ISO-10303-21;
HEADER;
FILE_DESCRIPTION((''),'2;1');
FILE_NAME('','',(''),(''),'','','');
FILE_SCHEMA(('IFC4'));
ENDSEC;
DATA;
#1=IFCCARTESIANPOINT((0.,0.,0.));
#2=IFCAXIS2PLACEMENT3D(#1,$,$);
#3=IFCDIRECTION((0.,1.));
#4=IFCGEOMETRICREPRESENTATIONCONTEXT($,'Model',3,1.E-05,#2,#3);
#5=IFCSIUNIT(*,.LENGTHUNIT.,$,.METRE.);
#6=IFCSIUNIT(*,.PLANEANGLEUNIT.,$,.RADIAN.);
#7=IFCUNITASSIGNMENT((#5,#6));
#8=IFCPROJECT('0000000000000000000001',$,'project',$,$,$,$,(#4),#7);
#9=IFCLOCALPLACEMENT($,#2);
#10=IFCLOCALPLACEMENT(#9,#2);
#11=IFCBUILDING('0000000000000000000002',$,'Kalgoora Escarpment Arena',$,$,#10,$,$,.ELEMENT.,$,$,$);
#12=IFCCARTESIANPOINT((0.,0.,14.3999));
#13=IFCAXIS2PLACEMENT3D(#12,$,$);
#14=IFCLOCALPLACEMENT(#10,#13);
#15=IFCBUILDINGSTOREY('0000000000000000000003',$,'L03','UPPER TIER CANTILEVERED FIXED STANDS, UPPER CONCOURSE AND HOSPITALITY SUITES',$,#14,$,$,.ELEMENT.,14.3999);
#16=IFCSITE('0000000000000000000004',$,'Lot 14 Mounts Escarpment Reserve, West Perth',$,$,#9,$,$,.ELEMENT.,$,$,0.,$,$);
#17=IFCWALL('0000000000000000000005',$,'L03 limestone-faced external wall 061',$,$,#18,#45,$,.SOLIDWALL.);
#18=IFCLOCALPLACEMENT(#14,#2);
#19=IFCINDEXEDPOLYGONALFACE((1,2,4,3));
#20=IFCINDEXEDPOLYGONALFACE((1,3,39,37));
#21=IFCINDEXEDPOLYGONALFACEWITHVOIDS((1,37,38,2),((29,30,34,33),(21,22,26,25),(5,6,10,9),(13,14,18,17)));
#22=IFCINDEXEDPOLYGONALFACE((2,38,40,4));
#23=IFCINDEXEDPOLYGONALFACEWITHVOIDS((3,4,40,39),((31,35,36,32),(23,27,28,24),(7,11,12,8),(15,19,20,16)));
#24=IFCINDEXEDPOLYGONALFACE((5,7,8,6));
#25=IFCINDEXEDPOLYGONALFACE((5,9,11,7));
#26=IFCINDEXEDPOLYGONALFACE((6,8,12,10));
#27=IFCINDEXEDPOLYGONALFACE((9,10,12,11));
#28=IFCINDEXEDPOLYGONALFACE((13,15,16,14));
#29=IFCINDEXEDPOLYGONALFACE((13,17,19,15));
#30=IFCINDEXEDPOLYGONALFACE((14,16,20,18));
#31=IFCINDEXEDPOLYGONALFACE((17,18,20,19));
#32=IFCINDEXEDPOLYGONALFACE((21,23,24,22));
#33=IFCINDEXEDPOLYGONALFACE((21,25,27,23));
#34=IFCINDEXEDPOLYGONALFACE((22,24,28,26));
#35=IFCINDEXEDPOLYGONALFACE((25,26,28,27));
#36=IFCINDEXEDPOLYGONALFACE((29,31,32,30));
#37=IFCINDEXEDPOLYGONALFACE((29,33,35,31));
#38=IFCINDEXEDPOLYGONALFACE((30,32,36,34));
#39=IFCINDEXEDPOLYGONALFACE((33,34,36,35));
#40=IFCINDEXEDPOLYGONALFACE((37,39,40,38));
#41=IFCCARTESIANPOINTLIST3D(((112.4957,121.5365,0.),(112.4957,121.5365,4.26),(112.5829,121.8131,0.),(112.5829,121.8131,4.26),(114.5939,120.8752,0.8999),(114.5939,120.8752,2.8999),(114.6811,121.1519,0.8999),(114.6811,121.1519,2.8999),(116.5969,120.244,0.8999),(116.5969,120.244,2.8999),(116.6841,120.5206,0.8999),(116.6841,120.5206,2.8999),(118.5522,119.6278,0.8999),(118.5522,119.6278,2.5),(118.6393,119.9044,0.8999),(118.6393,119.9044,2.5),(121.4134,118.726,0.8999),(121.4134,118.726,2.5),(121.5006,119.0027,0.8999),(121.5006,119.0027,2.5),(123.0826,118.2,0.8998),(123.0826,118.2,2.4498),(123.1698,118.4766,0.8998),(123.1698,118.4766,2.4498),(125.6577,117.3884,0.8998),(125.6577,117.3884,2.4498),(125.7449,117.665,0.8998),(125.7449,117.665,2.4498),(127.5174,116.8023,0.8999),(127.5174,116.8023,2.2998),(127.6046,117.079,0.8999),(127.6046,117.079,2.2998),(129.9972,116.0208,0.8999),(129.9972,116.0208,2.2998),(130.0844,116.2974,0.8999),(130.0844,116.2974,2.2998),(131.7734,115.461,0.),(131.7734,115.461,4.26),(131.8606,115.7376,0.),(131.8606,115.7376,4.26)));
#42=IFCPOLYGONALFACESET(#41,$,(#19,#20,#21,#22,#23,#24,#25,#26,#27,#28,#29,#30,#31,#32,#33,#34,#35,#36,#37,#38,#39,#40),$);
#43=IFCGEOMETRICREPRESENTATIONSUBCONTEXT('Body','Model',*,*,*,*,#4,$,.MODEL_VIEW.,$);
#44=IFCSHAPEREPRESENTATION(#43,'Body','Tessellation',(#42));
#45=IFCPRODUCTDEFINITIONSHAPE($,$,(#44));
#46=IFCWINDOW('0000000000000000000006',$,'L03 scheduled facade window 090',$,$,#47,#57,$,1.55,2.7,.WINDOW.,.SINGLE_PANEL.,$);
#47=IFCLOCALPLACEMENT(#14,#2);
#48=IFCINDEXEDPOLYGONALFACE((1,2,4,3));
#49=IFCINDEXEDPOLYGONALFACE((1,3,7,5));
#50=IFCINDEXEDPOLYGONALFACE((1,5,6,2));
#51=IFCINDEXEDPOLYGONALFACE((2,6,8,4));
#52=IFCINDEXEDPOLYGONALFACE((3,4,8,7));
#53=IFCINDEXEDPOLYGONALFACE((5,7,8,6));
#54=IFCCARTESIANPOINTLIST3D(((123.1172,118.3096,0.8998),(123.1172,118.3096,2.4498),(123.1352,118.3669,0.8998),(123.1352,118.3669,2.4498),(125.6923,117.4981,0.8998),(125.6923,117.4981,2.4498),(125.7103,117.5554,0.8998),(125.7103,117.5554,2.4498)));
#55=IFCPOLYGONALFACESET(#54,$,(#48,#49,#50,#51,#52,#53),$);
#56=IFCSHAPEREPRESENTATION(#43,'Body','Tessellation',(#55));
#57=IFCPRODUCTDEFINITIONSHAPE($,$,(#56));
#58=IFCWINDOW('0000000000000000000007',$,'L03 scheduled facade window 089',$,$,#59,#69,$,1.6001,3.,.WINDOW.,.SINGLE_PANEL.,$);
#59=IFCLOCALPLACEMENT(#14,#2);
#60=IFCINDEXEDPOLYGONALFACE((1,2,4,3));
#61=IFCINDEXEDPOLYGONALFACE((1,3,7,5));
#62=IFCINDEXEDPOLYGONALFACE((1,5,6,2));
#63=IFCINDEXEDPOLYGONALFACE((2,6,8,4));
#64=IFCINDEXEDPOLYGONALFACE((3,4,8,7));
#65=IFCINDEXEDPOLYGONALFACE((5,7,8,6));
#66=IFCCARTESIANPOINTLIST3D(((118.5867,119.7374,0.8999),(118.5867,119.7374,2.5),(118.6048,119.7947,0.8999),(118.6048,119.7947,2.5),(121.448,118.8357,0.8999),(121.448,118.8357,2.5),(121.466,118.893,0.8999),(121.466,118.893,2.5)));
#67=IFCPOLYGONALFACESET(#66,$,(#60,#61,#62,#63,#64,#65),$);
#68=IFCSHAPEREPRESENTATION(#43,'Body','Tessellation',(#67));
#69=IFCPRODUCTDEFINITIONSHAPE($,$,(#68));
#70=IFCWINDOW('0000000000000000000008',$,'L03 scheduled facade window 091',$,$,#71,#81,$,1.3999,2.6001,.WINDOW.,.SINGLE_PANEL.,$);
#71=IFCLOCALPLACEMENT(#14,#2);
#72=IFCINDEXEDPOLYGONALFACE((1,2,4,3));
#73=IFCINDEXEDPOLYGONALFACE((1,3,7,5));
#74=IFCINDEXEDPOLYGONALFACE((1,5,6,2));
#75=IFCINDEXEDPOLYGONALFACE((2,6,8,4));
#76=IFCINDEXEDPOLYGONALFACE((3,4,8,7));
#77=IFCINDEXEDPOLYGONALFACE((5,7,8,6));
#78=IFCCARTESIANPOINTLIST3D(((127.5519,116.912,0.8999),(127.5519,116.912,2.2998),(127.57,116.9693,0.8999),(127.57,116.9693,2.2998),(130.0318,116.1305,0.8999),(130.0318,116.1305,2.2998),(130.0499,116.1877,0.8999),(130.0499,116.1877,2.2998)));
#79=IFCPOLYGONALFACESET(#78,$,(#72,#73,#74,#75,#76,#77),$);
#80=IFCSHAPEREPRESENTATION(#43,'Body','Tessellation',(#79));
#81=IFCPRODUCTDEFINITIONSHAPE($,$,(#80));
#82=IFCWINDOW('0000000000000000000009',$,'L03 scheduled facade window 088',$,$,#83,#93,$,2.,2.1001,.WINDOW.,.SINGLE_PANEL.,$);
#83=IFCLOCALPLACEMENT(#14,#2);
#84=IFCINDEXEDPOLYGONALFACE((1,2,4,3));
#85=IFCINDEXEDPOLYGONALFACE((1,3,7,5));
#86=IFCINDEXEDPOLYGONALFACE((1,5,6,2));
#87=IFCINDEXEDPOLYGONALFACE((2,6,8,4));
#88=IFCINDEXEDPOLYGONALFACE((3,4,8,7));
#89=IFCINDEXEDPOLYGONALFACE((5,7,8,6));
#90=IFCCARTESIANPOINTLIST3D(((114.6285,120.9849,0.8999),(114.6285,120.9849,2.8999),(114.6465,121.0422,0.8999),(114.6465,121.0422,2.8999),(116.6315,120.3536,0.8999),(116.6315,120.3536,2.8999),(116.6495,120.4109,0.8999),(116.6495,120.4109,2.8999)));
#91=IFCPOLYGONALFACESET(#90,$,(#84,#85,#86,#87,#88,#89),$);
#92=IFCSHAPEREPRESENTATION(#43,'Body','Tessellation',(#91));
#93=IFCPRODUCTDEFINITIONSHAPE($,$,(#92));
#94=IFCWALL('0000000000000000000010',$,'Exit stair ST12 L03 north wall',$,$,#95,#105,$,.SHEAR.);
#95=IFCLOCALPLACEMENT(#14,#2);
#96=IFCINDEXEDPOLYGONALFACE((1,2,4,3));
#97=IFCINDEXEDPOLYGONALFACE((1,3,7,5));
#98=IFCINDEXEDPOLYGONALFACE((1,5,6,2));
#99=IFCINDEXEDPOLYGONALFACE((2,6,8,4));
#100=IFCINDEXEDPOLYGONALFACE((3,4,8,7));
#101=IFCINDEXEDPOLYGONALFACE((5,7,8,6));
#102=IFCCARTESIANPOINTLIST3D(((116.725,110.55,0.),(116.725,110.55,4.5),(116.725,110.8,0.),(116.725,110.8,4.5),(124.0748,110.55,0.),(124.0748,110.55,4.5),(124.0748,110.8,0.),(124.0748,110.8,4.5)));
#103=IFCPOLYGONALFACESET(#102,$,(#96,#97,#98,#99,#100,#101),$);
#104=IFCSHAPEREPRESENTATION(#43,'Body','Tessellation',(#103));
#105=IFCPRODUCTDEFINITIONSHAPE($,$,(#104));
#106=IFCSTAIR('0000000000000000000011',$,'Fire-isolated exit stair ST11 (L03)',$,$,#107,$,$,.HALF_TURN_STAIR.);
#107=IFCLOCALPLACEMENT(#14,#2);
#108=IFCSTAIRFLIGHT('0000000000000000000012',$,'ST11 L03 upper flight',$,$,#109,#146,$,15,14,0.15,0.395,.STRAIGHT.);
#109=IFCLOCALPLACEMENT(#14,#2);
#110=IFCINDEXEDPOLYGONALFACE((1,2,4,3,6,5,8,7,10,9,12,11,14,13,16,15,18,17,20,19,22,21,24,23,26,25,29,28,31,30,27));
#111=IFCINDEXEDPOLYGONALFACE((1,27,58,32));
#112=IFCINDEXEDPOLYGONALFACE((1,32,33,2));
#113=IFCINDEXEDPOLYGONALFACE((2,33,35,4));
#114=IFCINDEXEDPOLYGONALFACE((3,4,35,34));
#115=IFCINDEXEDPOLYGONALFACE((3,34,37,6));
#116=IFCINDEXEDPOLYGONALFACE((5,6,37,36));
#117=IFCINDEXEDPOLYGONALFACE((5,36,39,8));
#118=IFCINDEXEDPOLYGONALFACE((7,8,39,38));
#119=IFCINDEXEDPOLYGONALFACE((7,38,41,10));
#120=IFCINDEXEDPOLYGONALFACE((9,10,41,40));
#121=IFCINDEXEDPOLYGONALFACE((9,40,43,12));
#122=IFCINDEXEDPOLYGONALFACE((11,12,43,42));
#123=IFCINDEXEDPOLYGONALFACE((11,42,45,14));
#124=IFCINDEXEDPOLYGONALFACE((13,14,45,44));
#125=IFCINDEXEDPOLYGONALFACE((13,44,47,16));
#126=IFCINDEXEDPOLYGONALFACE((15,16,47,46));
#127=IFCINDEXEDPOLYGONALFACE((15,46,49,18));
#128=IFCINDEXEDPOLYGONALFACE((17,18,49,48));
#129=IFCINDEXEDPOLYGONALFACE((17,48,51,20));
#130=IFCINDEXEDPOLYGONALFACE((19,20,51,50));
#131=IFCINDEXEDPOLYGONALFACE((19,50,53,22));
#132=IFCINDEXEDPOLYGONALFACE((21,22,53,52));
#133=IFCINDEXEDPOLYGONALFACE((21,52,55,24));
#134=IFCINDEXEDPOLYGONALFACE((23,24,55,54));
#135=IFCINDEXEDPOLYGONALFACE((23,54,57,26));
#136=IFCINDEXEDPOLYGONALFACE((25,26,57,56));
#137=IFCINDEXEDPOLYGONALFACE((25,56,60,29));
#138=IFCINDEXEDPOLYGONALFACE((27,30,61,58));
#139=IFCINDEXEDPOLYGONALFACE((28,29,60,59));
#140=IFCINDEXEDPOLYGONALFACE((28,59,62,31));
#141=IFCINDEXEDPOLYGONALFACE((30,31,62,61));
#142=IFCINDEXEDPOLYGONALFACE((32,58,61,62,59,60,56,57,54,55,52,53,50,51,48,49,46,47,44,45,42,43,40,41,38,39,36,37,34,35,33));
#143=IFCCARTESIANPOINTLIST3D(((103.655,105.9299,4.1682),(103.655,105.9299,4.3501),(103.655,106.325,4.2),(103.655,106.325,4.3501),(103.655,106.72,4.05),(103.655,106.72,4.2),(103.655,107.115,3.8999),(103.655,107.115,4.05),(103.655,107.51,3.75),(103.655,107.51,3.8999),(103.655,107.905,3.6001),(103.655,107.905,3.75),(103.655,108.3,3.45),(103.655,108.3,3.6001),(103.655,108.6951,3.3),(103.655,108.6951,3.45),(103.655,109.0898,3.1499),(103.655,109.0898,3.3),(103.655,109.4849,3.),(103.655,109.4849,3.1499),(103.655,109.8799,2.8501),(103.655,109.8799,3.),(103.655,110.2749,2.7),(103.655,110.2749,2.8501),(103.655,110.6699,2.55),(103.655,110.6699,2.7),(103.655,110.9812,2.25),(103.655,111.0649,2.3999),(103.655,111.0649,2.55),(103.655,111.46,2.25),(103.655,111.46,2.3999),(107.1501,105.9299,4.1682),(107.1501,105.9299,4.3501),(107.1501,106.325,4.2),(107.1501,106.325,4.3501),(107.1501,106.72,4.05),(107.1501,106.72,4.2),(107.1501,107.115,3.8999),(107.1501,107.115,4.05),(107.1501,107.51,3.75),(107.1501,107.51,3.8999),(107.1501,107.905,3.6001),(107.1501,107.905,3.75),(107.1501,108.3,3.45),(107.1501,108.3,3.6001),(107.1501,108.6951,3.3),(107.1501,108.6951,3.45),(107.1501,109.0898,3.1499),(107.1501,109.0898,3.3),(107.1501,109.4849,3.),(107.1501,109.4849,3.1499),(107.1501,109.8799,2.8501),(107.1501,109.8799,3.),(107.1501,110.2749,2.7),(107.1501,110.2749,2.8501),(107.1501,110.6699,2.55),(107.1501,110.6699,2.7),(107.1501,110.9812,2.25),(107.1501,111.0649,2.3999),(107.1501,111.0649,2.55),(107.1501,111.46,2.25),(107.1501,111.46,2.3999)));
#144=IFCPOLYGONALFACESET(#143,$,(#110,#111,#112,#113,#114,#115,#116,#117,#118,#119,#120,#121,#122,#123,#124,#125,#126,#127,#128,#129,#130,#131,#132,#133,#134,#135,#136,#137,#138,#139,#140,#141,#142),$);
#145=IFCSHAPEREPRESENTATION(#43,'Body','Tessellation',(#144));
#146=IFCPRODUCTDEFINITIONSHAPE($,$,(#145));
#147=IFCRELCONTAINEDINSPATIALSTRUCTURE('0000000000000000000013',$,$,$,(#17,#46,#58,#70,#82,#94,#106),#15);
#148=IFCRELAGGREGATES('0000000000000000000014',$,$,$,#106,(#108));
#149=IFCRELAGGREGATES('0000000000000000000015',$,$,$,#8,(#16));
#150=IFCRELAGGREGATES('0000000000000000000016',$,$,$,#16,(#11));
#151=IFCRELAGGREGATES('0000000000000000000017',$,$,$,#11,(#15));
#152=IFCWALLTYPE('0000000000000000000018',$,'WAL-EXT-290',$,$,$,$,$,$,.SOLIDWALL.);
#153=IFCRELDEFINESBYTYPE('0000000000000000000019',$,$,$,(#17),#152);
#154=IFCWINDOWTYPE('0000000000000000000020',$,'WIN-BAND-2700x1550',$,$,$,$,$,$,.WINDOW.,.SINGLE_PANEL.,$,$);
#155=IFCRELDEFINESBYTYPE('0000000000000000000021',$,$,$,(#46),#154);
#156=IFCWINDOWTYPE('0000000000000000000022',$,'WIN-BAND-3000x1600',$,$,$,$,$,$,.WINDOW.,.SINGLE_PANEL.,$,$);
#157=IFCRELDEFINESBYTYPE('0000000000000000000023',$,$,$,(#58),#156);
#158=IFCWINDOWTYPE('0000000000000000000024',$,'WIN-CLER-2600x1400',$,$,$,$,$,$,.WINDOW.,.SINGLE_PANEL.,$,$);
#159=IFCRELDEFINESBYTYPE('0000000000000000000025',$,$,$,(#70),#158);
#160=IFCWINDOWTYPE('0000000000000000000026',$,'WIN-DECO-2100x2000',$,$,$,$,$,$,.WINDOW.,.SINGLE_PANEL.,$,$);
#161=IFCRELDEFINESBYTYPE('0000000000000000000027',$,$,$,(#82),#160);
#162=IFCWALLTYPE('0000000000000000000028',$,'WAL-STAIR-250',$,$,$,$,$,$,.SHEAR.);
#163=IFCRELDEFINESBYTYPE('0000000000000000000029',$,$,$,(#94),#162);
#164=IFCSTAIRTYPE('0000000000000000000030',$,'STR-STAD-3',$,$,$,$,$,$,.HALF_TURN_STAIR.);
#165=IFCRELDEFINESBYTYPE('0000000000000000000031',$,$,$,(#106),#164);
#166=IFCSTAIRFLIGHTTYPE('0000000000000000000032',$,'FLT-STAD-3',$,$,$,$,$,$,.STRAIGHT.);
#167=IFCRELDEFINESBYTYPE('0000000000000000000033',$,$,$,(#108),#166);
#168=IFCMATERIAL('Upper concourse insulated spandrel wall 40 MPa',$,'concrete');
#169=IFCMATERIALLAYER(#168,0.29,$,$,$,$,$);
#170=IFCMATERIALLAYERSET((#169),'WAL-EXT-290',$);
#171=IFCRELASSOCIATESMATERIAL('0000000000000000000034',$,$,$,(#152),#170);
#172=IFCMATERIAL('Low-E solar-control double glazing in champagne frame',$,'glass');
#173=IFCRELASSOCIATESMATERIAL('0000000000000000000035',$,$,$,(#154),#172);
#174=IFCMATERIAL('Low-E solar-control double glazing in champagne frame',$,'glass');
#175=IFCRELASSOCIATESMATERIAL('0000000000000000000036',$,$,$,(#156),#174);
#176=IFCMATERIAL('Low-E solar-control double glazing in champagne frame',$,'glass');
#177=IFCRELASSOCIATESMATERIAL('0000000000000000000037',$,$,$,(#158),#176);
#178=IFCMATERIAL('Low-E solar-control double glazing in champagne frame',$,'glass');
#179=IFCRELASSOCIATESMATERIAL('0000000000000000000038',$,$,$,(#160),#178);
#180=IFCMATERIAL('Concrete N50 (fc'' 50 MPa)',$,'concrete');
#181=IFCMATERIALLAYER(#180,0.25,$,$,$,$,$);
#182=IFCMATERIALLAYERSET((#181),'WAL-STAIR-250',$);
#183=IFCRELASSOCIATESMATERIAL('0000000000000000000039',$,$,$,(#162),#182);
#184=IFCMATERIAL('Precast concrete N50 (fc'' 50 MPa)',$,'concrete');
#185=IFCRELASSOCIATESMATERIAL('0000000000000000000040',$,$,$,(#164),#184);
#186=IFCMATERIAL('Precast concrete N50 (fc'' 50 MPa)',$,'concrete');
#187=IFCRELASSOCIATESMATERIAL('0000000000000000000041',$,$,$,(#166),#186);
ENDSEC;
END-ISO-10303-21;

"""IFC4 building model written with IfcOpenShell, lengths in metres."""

from ifc_helpers import new_model, si_unit, direction, frame, frame_2d, origin, place, context, subcontext, project, spatial, polyline, rectangle, outline, extrude, material, layer, layer_set, type_object, element, fill, aggregate, save


model = new_model("IFC4")

# Units and contexts
model_context = context("Model", 3, precision=1e-05, world=origin(), true_north=direction((0.0, 1.0)))
body_context = subcontext(model_context, "Body", "Model", "MODEL_VIEW")
ifc_project = project(units=[si_unit("LENGTHUNIT", "METRE"), si_unit("PLANEANGLEUNIT", "RADIAN")], contexts=[model_context])

# Site, building, storey
site_placement = place(None, origin())
site = spatial("IfcSite", under=ifc_project, at=site_placement, Name="Lot 14 Mounts Escarpment Reserve, West Perth", CompositionType="ELEMENT", RefElevation=0.0)
building_placement = place(site_placement, origin())
building = spatial("IfcBuilding", under=site, at=building_placement, Name="Kalgoora Escarpment Arena", CompositionType="ELEMENT")
storey_placement = place(building_placement, frame((0.0, 0.0, 14.3999)))
storey = spatial("IfcBuildingStorey", under=building, at=storey_placement, Name="L03", Description="UPPER TIER CANTILEVERED FIXED STANDS, UPPER CONCOURSE AND HOSPITALITY SUITES", CompositionType="ELEMENT", Elevation=14.3999)

# Wall, openings, windows
ifc_material_1 = material(Name="Upper concourse insulated spandrel wall 40 MPa", Category="concrete")
ifc_layer_1 = layer(ifc_material_1, 0.29)
ifc_layer_set_1 = layer_set([ifc_layer_1], Name="WAL-EXT-290")
wall_type_1 = type_object("IfcWallType", Name="WAL-EXT-290", PredefinedType="SOLIDWALL", material=ifc_layer_set_1)
wall_1_placement = place(storey_placement, frame((112.5393, 121.6748, 0.0), z_axis=(0.0, 0.0, 1.0), x_axis=(0.953756, -0.300582, 0.0)))
wall_1 = element("IfcWall", 1, at=wall_1_placement, inside=storey, type_object=wall_type_1, Name="L03 limestone-faced external wall 061", PredefinedType="SOLIDWALL", context=body_context, shape_type="SweptSolid", body=[
    extrude(rectangle(XDim=20.2124, YDim=0.29, at=frame_2d((10.1062, 0.0))), origin(), (0.0, 0.0, 1.0), 4.26),
])
opening_1_placement = place(wall_1_placement, frame((2.2, 0.0, 0.8999)))
opening_1 = element("IfcOpeningElement", 2, at=opening_1_placement, cuts=wall_1, PredefinedType="OPENING", context=body_context, shape_type="SweptSolid", body=[
    extrude(rectangle(XDim=2.1001, YDim=2.0, at=frame_2d((1.05, 1.0))), frame((0.0, 0.155, 0.0), z_axis=(0.0, -1.0, 0.0), x_axis=(1.0, 0.0, 0.0)), (0.0, 0.0, 1.0), 0.3101),
])
opening_2_placement = place(wall_1_placement, frame((6.3501, 0.0, 0.8999)))
opening_2 = element("IfcOpeningElement", 3, at=opening_2_placement, cuts=wall_1, PredefinedType="OPENING", context=body_context, shape_type="SweptSolid", body=[
    extrude(rectangle(XDim=3.0, YDim=1.6001, at=frame_2d((1.5, 0.8))), frame((0.0, 0.155, 0.0), z_axis=(0.0, -1.0, 0.0), x_axis=(1.0, 0.0, 0.0)), (0.0, 0.0, 1.0), 0.3101),
])
opening_3_placement = place(wall_1_placement, frame((11.1001, 0.0, 0.8999)))
opening_3 = element("IfcOpeningElement", 4, at=opening_3_placement, cuts=wall_1, PredefinedType="OPENING", context=body_context, shape_type="SweptSolid", body=[
    extrude(rectangle(XDim=2.7, YDim=1.55, at=frame_2d((1.3501, 0.7749))), frame((0.0, 0.155, 0.0), z_axis=(0.0, -1.0, 0.0), x_axis=(1.0, 0.0, 0.0)), (0.0, 0.0, 1.0), 0.3101),
])
opening_4_placement = place(wall_1_placement, frame((15.75, 0.0, 0.8999)))
opening_4 = element("IfcOpeningElement", 5, at=opening_4_placement, cuts=wall_1, PredefinedType="OPENING", context=body_context, shape_type="SweptSolid", body=[
    extrude(rectangle(XDim=2.6001, YDim=1.3999, at=frame_2d((1.3, 0.7))), frame((0.0, 0.155, 0.0), z_axis=(0.0, -1.0, 0.0), x_axis=(1.0, 0.0, 0.0)), (0.0, 0.0, 1.0), 0.3101),
])
ifc_material_2 = material(Name="Low-E solar-control double glazing in champagne frame", Category="glass")
window_type_1 = type_object("IfcWindowType", Name="WIN-BAND-2700x1550", PartitioningType="SINGLE_PANEL", PredefinedType="WINDOW", material=ifc_material_2)
window_1_placement = place(opening_3_placement, origin())
window_1 = element("IfcWindow", 6, at=window_1_placement, inside=storey, type_object=window_type_1, Name="L03 scheduled facade window 090", OverallHeight=1.55, OverallWidth=2.7, PartitioningType="SINGLE_PANEL", PredefinedType="WINDOW", context=body_context, shape_type="SweptSolid", body=[
    extrude(rectangle(XDim=2.7, YDim=1.55, at=frame_2d((1.3501, 0.7749))), frame((0.0, 0.03, 0.0), z_axis=(0.0, -1.0, 0.0), x_axis=(1.0, 0.0, 0.0)), (0.0, 0.0, 1.0), 0.0601),
])
fill(opening_3, window_1)
ifc_material_3 = material(Name="Low-E solar-control double glazing in champagne frame", Category="glass")
window_type_2 = type_object("IfcWindowType", Name="WIN-BAND-3000x1600", PartitioningType="SINGLE_PANEL", PredefinedType="WINDOW", material=ifc_material_3)
window_2_placement = place(opening_2_placement, origin())
window_2 = element("IfcWindow", 7, at=window_2_placement, inside=storey, type_object=window_type_2, Name="L03 scheduled facade window 089", OverallHeight=1.6001, OverallWidth=3.0, PartitioningType="SINGLE_PANEL", PredefinedType="WINDOW", context=body_context, shape_type="SweptSolid", body=[
    extrude(rectangle(XDim=3.0, YDim=1.6001, at=frame_2d((1.5, 0.8))), frame((0.0, 0.03, 0.0), z_axis=(0.0, -1.0, 0.0), x_axis=(1.0, 0.0, 0.0)), (0.0, 0.0, 1.0), 0.0601),
])
fill(opening_2, window_2)
ifc_material_4 = material(Name="Low-E solar-control double glazing in champagne frame", Category="glass")
window_type_3 = type_object("IfcWindowType", Name="WIN-CLER-2600x1400", PartitioningType="SINGLE_PANEL", PredefinedType="WINDOW", material=ifc_material_4)
window_3_placement = place(opening_4_placement, origin())
window_3 = element("IfcWindow", 8, at=window_3_placement, inside=storey, type_object=window_type_3, Name="L03 scheduled facade window 091", OverallHeight=1.3999, OverallWidth=2.6001, PartitioningType="SINGLE_PANEL", PredefinedType="WINDOW", context=body_context, shape_type="SweptSolid", body=[
    extrude(rectangle(XDim=2.6001, YDim=1.3999, at=frame_2d((1.3, 0.7))), frame((0.0, 0.03, 0.0), z_axis=(0.0, -1.0, 0.0), x_axis=(1.0, 0.0, 0.0)), (0.0, 0.0, 1.0), 0.0601),
])
fill(opening_4, window_3)
ifc_material_5 = material(Name="Low-E solar-control double glazing in champagne frame", Category="glass")
window_type_4 = type_object("IfcWindowType", Name="WIN-DECO-2100x2000", PartitioningType="SINGLE_PANEL", PredefinedType="WINDOW", material=ifc_material_5)
window_4_placement = place(opening_1_placement, origin())
window_4 = element("IfcWindow", 9, at=window_4_placement, inside=storey, type_object=window_type_4, Name="L03 scheduled facade window 088", OverallHeight=2.0, OverallWidth=2.1001, PartitioningType="SINGLE_PANEL", PredefinedType="WINDOW", context=body_context, shape_type="SweptSolid", body=[
    extrude(rectangle(XDim=2.1001, YDim=2.0, at=frame_2d((1.05, 1.0))), frame((0.0, 0.03, 0.0), z_axis=(0.0, -1.0, 0.0), x_axis=(1.0, 0.0, 0.0)), (0.0, 0.0, 1.0), 0.0601),
])
fill(opening_1, window_4)

# Wall
ifc_material_6 = material(Name="Concrete N50 (fc' 50 MPa)", Category="concrete")
ifc_layer_2 = layer(ifc_material_6, 0.25)
ifc_layer_set_2 = layer_set([ifc_layer_2], Name="WAL-STAIR-250")
wall_type_2 = type_object("IfcWallType", Name="WAL-STAIR-250", PredefinedType="SHEAR", material=ifc_layer_set_2)
wall_2_placement = place(storey_placement, frame((116.7251, 110.675, 0.0), z_axis=(0.0, 0.0, 1.0), x_axis=(1.0, 0.0, 0.0)))
element("IfcWall", 10, at=wall_2_placement, inside=storey, type_object=wall_type_2, Name="Exit stair ST12 L03 north wall", PredefinedType="SHEAR", context=body_context, shape_type="SweptSolid", body=[
    extrude(rectangle(XDim=7.3499, YDim=0.25, at=frame_2d((3.6748, 0.0))), origin(), (0.0, 0.0, 1.0), 4.5),
])

# Stair, stair flight
ifc_material_7 = material(Name="Precast concrete N50 (fc' 50 MPa)", Category="concrete")
stair_type = type_object("IfcStairType", Name="STR-STAD-3", PredefinedType="HALF_TURN_STAIR", material=ifc_material_7)
stair_placement = place(storey_placement, origin())
stair = element("IfcStair", 11, at=stair_placement, inside=storey, type_object=stair_type, Name="Fire-isolated exit stair ST11 (L03)", PredefinedType="HALF_TURN_STAIR")
ifc_material_8 = material(Name="Precast concrete N50 (fc' 50 MPa)", Category="concrete")
stair_flight_type = type_object("IfcStairFlightType", Name="FLT-STAD-3", PredefinedType="STRAIGHT", material=ifc_material_8)
stair_flight_placement = place(storey_placement, frame((105.4026, 111.46, 2.25), z_axis=(0.0, 0.0, 1.0), x_axis=(0.0, -1.0, 0.0)))
stair_flight = element("IfcStairFlight", 12, at=stair_flight_placement, type_object=stair_flight_type, Name="ST11 L03 upper flight", NumberOfRisers=15, NumberOfTreads=14, PredefinedType="STRAIGHT", RiserHeight=0.15, TreadLength=0.395, context=body_context, shape_type="SweptSolid", body=[
    extrude(outline(polyline([(0.0, 0.0), (0.0, 0.1499), (0.395, 0.1499), (0.395, 0.3), (0.79, 0.3), (0.79, 0.45), (1.1851, 0.45), (1.1851, 0.6001), (1.5801, 0.6001), (1.5801, 0.75), (1.9751, 0.75), (1.9751, 0.8999), (2.3701, 0.8999), (2.3701, 1.05), (2.7649, 1.05), (2.7649, 1.2), (3.1599, 1.2), (3.1599, 1.3501), (3.5549, 1.3501), (3.5549, 1.5), (3.95, 1.5), (3.95, 1.6499), (4.345, 1.6499), (4.345, 1.8), (4.74, 1.8), (4.74, 1.95), (5.135, 1.95), (5.135, 2.1001), (5.53, 2.1001), (5.53, 2.25), (5.53, 1.9182), (0.4788, 0.0), (0.0, 0.0)])), frame((0.0, 1.7476, 0.0), z_axis=(0.0, -1.0, 0.0), x_axis=(1.0, 0.0, 0.0)), (0.0, 0.0, 1.0), 3.4951),
])
aggregate(stair, [stair_flight])

save(model, "model.ifc")
